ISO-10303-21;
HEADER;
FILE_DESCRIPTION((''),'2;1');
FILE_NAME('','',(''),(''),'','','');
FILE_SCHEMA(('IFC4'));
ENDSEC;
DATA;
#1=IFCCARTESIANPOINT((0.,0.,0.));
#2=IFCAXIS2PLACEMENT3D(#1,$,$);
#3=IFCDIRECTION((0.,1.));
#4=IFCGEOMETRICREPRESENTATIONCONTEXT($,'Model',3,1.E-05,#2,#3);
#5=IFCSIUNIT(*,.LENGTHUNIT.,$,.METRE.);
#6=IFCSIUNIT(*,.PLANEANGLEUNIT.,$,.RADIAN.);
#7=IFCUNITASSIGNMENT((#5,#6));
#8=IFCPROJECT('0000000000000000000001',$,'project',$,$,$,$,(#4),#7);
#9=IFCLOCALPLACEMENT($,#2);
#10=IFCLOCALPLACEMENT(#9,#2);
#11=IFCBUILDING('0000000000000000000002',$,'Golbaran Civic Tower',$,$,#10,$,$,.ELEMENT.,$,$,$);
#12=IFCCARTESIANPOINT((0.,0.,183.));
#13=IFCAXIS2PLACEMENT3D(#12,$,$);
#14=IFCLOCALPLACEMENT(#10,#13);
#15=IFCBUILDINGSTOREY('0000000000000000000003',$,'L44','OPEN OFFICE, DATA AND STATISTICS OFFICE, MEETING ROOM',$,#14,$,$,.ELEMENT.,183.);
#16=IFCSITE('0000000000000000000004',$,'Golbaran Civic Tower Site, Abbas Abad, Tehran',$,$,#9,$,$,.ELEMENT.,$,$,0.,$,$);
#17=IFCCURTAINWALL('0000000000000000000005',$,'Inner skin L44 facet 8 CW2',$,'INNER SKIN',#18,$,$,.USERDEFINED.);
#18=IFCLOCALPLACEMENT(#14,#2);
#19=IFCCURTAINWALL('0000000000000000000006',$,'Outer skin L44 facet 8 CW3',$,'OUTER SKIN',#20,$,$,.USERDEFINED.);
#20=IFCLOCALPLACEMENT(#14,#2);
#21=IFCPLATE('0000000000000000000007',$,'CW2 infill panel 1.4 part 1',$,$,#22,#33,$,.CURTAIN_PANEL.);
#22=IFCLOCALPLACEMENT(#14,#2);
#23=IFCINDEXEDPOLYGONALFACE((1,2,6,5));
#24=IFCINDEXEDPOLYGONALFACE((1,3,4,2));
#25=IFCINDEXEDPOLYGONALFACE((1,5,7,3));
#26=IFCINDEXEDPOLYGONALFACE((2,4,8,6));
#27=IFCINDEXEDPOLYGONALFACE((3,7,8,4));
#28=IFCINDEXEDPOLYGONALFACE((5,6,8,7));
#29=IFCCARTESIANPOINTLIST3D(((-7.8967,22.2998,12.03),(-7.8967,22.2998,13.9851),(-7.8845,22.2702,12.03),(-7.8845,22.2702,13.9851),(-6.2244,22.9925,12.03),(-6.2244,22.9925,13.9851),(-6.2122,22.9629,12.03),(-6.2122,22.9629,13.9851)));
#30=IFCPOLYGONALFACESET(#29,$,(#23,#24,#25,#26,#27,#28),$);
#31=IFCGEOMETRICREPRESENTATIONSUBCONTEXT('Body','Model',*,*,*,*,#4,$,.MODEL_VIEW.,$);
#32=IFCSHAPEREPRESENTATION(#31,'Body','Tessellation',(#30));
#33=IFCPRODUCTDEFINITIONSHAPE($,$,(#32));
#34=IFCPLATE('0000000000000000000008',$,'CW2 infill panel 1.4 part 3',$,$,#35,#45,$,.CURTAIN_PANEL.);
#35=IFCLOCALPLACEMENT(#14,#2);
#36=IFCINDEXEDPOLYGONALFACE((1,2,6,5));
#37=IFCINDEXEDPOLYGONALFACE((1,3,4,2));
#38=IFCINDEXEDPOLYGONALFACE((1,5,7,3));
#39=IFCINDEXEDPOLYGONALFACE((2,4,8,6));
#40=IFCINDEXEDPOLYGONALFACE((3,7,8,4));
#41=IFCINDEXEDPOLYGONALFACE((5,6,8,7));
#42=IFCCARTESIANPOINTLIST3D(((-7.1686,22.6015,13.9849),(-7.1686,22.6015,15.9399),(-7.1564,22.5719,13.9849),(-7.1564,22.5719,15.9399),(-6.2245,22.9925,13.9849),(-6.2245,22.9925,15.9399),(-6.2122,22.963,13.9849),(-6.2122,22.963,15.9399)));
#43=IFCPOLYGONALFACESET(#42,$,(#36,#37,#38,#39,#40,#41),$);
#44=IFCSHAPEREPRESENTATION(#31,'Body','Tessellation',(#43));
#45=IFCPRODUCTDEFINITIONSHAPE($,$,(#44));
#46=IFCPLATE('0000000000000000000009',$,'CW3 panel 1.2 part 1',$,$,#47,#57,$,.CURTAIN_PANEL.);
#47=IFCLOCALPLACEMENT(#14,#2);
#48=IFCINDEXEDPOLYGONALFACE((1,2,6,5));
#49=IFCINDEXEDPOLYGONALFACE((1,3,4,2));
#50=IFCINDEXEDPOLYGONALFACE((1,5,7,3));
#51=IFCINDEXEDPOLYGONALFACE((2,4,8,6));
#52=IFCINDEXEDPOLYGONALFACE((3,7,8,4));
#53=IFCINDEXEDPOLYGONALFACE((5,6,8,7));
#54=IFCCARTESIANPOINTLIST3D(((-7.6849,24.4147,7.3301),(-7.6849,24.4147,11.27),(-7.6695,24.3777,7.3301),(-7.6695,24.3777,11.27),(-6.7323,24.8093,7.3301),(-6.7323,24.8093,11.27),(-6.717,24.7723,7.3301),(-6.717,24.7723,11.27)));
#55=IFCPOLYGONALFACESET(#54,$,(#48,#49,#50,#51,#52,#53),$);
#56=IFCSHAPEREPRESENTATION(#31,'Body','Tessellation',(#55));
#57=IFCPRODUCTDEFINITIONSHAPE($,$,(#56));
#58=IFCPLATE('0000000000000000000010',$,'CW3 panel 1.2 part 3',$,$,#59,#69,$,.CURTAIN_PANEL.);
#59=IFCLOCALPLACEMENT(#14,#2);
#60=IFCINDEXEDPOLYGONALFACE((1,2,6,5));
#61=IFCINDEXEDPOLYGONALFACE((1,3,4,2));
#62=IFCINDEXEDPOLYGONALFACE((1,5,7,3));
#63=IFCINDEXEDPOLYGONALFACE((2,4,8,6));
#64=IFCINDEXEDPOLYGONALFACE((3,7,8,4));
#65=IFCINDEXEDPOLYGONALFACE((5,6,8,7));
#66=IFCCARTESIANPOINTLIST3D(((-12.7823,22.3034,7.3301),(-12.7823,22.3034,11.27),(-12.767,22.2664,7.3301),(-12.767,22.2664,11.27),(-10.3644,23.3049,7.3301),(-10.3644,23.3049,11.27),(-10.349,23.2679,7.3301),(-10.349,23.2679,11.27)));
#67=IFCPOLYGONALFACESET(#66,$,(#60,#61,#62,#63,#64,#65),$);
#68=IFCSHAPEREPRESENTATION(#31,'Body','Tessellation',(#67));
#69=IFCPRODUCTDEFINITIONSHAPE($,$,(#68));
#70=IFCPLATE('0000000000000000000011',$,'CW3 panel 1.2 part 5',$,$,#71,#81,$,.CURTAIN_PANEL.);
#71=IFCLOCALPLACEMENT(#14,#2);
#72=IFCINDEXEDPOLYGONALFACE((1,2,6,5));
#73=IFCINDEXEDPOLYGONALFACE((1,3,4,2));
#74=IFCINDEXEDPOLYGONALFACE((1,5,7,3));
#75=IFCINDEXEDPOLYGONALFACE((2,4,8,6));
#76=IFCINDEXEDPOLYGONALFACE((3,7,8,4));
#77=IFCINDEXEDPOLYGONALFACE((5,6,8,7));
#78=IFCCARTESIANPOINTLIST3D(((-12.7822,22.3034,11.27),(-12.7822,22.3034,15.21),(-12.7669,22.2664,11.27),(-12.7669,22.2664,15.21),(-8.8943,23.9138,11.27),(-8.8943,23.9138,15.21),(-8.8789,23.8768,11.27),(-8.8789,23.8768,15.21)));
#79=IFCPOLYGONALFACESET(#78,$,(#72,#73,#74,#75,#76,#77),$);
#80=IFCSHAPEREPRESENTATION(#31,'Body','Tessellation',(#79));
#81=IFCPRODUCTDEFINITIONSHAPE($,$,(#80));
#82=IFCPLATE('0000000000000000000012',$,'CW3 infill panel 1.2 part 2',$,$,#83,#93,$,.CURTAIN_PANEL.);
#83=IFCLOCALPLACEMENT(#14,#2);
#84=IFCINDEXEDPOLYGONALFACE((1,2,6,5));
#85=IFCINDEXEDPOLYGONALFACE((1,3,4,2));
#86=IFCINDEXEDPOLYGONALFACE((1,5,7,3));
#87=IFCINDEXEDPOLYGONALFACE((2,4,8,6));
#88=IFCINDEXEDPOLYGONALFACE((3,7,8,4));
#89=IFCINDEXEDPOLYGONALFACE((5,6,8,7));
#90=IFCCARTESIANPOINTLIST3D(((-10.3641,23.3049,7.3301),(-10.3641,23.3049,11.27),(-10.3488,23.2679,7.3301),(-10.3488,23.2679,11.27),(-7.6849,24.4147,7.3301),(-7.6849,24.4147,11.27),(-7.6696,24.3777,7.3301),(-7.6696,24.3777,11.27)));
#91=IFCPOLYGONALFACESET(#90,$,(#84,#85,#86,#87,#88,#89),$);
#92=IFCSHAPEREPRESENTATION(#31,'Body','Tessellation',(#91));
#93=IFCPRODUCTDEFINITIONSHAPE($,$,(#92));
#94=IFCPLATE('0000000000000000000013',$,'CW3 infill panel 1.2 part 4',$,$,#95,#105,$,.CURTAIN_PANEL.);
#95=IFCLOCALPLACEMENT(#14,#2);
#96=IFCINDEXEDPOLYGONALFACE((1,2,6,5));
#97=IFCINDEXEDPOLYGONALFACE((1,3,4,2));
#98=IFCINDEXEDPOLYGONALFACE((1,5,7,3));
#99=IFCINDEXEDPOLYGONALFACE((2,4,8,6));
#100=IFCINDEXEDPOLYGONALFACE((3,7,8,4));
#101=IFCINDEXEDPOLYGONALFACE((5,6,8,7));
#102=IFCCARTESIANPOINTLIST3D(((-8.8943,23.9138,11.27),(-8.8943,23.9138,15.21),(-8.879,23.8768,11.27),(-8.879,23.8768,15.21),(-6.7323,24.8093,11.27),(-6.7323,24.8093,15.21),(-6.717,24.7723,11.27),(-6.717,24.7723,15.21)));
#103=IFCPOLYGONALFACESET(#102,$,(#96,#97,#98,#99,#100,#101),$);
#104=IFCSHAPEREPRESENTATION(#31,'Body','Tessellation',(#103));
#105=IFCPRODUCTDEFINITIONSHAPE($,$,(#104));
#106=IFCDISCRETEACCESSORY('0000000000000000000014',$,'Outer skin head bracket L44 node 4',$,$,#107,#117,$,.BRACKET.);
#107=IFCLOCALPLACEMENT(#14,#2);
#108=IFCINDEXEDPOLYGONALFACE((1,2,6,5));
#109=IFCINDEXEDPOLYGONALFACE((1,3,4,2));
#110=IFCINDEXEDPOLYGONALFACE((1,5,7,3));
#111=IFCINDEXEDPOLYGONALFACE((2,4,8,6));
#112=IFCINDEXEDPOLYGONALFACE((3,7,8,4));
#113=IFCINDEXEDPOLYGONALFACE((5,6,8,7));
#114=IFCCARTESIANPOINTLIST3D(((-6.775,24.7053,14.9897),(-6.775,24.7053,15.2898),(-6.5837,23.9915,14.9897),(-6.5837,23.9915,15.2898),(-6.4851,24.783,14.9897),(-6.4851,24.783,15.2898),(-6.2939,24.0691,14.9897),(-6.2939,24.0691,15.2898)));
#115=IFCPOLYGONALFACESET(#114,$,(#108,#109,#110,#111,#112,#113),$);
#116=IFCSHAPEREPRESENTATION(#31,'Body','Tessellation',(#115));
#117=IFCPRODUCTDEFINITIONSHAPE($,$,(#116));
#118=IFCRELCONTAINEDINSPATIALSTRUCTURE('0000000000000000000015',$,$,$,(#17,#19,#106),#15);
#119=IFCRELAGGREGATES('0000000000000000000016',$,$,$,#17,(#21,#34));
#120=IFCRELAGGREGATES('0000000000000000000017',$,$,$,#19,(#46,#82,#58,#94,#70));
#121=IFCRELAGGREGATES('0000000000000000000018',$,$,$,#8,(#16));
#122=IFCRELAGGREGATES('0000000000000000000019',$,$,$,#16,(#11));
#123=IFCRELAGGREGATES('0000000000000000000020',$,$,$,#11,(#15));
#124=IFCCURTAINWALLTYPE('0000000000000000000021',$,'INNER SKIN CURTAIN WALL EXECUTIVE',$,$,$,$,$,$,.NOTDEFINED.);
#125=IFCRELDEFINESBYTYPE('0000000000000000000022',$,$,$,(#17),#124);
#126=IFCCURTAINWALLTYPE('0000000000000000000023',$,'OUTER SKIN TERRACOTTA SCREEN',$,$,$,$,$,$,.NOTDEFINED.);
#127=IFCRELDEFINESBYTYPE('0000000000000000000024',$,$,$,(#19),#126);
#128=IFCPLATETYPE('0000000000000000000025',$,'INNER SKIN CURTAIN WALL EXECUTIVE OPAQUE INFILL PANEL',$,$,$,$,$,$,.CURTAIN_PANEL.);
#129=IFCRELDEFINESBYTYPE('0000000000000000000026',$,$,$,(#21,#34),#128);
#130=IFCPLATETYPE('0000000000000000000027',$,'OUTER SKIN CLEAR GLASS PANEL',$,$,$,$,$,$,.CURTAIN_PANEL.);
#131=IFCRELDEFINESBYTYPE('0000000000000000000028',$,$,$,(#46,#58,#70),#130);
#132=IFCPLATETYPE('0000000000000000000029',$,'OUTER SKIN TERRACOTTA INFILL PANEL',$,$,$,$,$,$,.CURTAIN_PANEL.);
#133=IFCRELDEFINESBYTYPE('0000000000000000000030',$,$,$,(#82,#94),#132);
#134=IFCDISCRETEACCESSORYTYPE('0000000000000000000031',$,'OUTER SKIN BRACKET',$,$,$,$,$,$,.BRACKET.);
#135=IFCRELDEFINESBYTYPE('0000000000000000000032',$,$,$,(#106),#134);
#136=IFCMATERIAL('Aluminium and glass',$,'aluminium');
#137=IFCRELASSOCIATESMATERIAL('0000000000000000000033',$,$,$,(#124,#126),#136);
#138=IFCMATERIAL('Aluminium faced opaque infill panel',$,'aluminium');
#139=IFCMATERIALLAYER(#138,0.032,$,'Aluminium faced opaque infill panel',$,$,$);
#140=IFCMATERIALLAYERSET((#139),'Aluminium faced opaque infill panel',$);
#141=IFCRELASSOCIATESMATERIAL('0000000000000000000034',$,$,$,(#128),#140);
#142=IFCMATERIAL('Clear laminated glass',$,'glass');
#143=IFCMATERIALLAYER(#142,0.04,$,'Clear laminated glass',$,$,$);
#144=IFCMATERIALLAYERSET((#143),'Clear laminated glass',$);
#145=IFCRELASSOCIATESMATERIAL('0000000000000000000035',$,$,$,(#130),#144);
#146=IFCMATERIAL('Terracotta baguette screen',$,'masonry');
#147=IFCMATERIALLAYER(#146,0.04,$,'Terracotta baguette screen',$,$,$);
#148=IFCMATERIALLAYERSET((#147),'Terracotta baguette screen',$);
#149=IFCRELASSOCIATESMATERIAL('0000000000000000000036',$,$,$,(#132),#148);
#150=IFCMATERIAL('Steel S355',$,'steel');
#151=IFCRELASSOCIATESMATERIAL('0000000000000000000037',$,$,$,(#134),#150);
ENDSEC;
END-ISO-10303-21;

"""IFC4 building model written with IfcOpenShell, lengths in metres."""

from ifc_helpers import new_model, si_unit, direction, frame, origin, origin_2d, place, context, subcontext, project, spatial, rectangle, extrude, material, layer, layer_set, type_object, element, aggregate, save


model = new_model("IFC4")

# Units and contexts
model_context = context("Model", 3, precision=1e-05, world=origin(), true_north=direction((0.0, 1.0)))
body_context = subcontext(model_context, "Body", "Model", "MODEL_VIEW")
ifc_project = project(units=[si_unit("LENGTHUNIT", "METRE"), si_unit("PLANEANGLEUNIT", "RADIAN")], contexts=[model_context])

# Site, building, storey
site_placement = place(None, origin())
site = spatial("IfcSite", under=ifc_project, at=site_placement, Name="Golbaran Civic Tower Site, Abbas Abad, Tehran", CompositionType="ELEMENT", RefElevation=0.0)
building_placement = place(site_placement, origin())
building = spatial("IfcBuilding", under=site, at=building_placement, Name="Golbaran Civic Tower", CompositionType="ELEMENT")
storey_placement = place(building_placement, frame((0.0, 0.0, 183.0)))
storey = spatial("IfcBuildingStorey", under=building, at=storey_placement, Name="L44", Description="OPEN OFFICE, DATA AND STATISTICS OFFICE, MEETING ROOM", CompositionType="ELEMENT", Elevation=183.0)

# Curtain walls
ifc_material_1 = material(Name="Aluminium and glass", Category="aluminium")
curtain_wall_type_1 = type_object("IfcCurtainWallType", Name="INNER SKIN CURTAIN WALL EXECUTIVE", PredefinedType="NOTDEFINED", material=ifc_material_1)
curtain_wall_1_placement = place(storey_placement, origin())
curtain_wall_1 = element("IfcCurtainWall", 1, at=curtain_wall_1_placement, inside=storey, type_object=curtain_wall_type_1, Name="Inner skin L44 facet 8 CW2", ObjectType="INNER SKIN", PredefinedType="USERDEFINED")
curtain_wall_type_2 = type_object("IfcCurtainWallType", Name="OUTER SKIN TERRACOTTA SCREEN", PredefinedType="NOTDEFINED", material=ifc_material_1)
curtain_wall_2_placement = place(storey_placement, origin())
curtain_wall_2 = element("IfcCurtainWall", 2, at=curtain_wall_2_placement, inside=storey, type_object=curtain_wall_type_2, Name="Outer skin L44 facet 8 CW3", ObjectType="OUTER SKIN", PredefinedType="USERDEFINED")

# Plates
ifc_material_2 = material(Name="Aluminium faced opaque infill panel", Category="aluminium")
ifc_layer_1 = layer(ifc_material_2, 0.032, Name="Aluminium faced opaque infill panel")
ifc_layer_set_1 = layer_set([ifc_layer_1], Name="Aluminium faced opaque infill panel")
plate_type_1 = type_object("IfcPlateType", Name="INNER SKIN CURTAIN WALL EXECUTIVE OPAQUE INFILL PANEL", PredefinedType="CURTAIN_PANEL", material=ifc_layer_set_1)
plate_1_placement = place(storey_placement, frame((-7.0544, 22.6313, 12.03), z_axis=(0.0, 0.0, 1.0), x_axis=(-0.92388, -0.382683, 0.0)))
plate_1 = element("IfcPlate", 3, at=plate_1_placement, type_object=plate_type_1, Name="CW2 infill panel 1.4 part 1", PredefinedType="CURTAIN_PANEL", context=body_context, shape_type="SweptSolid", body=[
    extrude(rectangle(XDim=1.8101, YDim=0.032, at=origin_2d()), origin(), (0.0, 0.0, 1.0), 1.9551),
])
plate_2_placement = place(storey_placement, frame((-6.6904, 22.7822, 13.9849), z_axis=(0.0, 0.0, 1.0), x_axis=(-0.92388, -0.382683, 0.0)))
plate_2 = element("IfcPlate", 4, at=plate_2_placement, type_object=plate_type_1, Name="CW2 infill panel 1.4 part 3", PredefinedType="CURTAIN_PANEL", context=body_context, shape_type="SweptSolid", body=[
    extrude(rectangle(XDim=1.022, YDim=0.032, at=origin_2d()), origin(), (0.0, 0.0, 1.0), 1.9551),
])
aggregate(curtain_wall_1, [plate_1, plate_2])
ifc_material_3 = material(Name="Clear laminated glass", Category="glass")
ifc_layer_2 = layer(ifc_material_3, 0.04, Name="Clear laminated glass")
ifc_layer_set_2 = layer_set([ifc_layer_2], Name="Clear laminated glass")
plate_type_2 = type_object("IfcPlateType", Name="OUTER SKIN CLEAR GLASS PANEL", PredefinedType="CURTAIN_PANEL", material=ifc_layer_set_2)
plate_3_placement = place(storey_placement, frame((-7.2009, 24.5935, 7.3301), z_axis=(0.0, 0.0, 1.0), x_axis=(-0.92388, -0.382683, 0.0)))
plate_3 = element("IfcPlate", 5, at=plate_3_placement, type_object=plate_type_2, Name="CW3 panel 1.2 part 1", PredefinedType="CURTAIN_PANEL", context=body_context, shape_type="SweptSolid", body=[
    extrude(rectangle(XDim=1.031, YDim=0.04, at=origin_2d()), origin(), (0.0, 0.0, 1.0), 3.9399),
])
plate_4_placement = place(storey_placement, frame((-11.5657, 22.7856, 7.3301), z_axis=(0.0, 0.0, 1.0), x_axis=(-0.92388, -0.382683, 0.0)))
plate_4 = element("IfcPlate", 6, at=plate_4_placement, type_object=plate_type_2, Name="CW3 panel 1.2 part 3", PredefinedType="CURTAIN_PANEL", context=body_context, shape_type="SweptSolid", body=[
    extrude(rectangle(XDim=2.6172, YDim=0.04, at=origin_2d()), origin(), (0.0, 0.0, 1.0), 3.9399),
])
plate_5_placement = place(storey_placement, frame((-10.8306, 23.0901, 11.27), z_axis=(0.0, 0.0, 1.0), x_axis=(-0.92388, -0.382683, 0.0)))
plate_5 = element("IfcPlate", 7, at=plate_5_placement, type_object=plate_type_2, Name="CW3 panel 1.2 part 5", PredefinedType="CURTAIN_PANEL", context=body_context, shape_type="SweptSolid", body=[
    extrude(rectangle(XDim=4.2083, YDim=0.04, at=origin_2d()), origin(), (0.0, 0.0, 1.0), 3.9399),
])
ifc_material_4 = material(Name="Terracotta baguette screen", Category="masonry")
ifc_layer_3 = layer(ifc_material_4, 0.04, Name="Terracotta baguette screen")
ifc_layer_set_3 = layer_set([ifc_layer_3], Name="Terracotta baguette screen")
plate_type_3 = type_object("IfcPlateType", Name="OUTER SKIN TERRACOTTA INFILL PANEL", PredefinedType="CURTAIN_PANEL", material=ifc_layer_set_3)
plate_6_placement = place(storey_placement, frame((-9.0168, 23.8413, 7.3301), z_axis=(0.0, 0.0, 1.0), x_axis=(-0.92388, -0.382683, 0.0)))
plate_6 = element("IfcPlate", 8, at=plate_6_placement, type_object=plate_type_3, Name="CW3 infill panel 1.2 part 2", PredefinedType="CURTAIN_PANEL", context=body_context, shape_type="SweptSolid", body=[
    extrude(rectangle(XDim=2.8999, YDim=0.04, at=origin_2d()), origin(), (0.0, 0.0, 1.0), 3.9399),
])
plate_7_placement = place(storey_placement, frame((-7.8057, 24.343, 11.27), z_axis=(0.0, 0.0, 1.0), x_axis=(-0.92388, -0.382683, 0.0)))
plate_7 = element("IfcPlate", 9, at=plate_7_placement, type_object=plate_type_3, Name="CW3 infill panel 1.2 part 4", PredefinedType="CURTAIN_PANEL", context=body_context, shape_type="SweptSolid", body=[
    extrude(rectangle(XDim=2.3401, YDim=0.04, at=origin_2d()), origin(), (0.0, 0.0, 1.0), 3.9399),
])
aggregate(curtain_wall_2, [plate_3, plate_6, plate_4, plate_7, plate_5])

# Discrete accessory
ifc_material_5 = material(Name="Steel S355", Category="steel")
discrete_accessory_type = type_object("IfcDiscreteAccessoryType", Name="OUTER SKIN BRACKET", PredefinedType="BRACKET", material=ifc_material_5)
discrete_accessory_placement = place(storey_placement, frame((-6.5344, 24.3872, 14.9897), z_axis=(0.0, 0.0, 1.0), x_axis=(-0.258819, 0.965926, 0.0)))
element("IfcDiscreteAccessory", 10, at=discrete_accessory_placement, inside=storey, type_object=discrete_accessory_type, Name="Outer skin head bracket L44 node 4", PredefinedType="BRACKET", context=body_context, shape_type="SweptSolid", body=[
    extrude(rectangle(XDim=0.739, YDim=0.3, at=origin_2d()), origin(), (0.0, 0.0, 1.0), 0.3),
])

save(model, "model.ifc")
